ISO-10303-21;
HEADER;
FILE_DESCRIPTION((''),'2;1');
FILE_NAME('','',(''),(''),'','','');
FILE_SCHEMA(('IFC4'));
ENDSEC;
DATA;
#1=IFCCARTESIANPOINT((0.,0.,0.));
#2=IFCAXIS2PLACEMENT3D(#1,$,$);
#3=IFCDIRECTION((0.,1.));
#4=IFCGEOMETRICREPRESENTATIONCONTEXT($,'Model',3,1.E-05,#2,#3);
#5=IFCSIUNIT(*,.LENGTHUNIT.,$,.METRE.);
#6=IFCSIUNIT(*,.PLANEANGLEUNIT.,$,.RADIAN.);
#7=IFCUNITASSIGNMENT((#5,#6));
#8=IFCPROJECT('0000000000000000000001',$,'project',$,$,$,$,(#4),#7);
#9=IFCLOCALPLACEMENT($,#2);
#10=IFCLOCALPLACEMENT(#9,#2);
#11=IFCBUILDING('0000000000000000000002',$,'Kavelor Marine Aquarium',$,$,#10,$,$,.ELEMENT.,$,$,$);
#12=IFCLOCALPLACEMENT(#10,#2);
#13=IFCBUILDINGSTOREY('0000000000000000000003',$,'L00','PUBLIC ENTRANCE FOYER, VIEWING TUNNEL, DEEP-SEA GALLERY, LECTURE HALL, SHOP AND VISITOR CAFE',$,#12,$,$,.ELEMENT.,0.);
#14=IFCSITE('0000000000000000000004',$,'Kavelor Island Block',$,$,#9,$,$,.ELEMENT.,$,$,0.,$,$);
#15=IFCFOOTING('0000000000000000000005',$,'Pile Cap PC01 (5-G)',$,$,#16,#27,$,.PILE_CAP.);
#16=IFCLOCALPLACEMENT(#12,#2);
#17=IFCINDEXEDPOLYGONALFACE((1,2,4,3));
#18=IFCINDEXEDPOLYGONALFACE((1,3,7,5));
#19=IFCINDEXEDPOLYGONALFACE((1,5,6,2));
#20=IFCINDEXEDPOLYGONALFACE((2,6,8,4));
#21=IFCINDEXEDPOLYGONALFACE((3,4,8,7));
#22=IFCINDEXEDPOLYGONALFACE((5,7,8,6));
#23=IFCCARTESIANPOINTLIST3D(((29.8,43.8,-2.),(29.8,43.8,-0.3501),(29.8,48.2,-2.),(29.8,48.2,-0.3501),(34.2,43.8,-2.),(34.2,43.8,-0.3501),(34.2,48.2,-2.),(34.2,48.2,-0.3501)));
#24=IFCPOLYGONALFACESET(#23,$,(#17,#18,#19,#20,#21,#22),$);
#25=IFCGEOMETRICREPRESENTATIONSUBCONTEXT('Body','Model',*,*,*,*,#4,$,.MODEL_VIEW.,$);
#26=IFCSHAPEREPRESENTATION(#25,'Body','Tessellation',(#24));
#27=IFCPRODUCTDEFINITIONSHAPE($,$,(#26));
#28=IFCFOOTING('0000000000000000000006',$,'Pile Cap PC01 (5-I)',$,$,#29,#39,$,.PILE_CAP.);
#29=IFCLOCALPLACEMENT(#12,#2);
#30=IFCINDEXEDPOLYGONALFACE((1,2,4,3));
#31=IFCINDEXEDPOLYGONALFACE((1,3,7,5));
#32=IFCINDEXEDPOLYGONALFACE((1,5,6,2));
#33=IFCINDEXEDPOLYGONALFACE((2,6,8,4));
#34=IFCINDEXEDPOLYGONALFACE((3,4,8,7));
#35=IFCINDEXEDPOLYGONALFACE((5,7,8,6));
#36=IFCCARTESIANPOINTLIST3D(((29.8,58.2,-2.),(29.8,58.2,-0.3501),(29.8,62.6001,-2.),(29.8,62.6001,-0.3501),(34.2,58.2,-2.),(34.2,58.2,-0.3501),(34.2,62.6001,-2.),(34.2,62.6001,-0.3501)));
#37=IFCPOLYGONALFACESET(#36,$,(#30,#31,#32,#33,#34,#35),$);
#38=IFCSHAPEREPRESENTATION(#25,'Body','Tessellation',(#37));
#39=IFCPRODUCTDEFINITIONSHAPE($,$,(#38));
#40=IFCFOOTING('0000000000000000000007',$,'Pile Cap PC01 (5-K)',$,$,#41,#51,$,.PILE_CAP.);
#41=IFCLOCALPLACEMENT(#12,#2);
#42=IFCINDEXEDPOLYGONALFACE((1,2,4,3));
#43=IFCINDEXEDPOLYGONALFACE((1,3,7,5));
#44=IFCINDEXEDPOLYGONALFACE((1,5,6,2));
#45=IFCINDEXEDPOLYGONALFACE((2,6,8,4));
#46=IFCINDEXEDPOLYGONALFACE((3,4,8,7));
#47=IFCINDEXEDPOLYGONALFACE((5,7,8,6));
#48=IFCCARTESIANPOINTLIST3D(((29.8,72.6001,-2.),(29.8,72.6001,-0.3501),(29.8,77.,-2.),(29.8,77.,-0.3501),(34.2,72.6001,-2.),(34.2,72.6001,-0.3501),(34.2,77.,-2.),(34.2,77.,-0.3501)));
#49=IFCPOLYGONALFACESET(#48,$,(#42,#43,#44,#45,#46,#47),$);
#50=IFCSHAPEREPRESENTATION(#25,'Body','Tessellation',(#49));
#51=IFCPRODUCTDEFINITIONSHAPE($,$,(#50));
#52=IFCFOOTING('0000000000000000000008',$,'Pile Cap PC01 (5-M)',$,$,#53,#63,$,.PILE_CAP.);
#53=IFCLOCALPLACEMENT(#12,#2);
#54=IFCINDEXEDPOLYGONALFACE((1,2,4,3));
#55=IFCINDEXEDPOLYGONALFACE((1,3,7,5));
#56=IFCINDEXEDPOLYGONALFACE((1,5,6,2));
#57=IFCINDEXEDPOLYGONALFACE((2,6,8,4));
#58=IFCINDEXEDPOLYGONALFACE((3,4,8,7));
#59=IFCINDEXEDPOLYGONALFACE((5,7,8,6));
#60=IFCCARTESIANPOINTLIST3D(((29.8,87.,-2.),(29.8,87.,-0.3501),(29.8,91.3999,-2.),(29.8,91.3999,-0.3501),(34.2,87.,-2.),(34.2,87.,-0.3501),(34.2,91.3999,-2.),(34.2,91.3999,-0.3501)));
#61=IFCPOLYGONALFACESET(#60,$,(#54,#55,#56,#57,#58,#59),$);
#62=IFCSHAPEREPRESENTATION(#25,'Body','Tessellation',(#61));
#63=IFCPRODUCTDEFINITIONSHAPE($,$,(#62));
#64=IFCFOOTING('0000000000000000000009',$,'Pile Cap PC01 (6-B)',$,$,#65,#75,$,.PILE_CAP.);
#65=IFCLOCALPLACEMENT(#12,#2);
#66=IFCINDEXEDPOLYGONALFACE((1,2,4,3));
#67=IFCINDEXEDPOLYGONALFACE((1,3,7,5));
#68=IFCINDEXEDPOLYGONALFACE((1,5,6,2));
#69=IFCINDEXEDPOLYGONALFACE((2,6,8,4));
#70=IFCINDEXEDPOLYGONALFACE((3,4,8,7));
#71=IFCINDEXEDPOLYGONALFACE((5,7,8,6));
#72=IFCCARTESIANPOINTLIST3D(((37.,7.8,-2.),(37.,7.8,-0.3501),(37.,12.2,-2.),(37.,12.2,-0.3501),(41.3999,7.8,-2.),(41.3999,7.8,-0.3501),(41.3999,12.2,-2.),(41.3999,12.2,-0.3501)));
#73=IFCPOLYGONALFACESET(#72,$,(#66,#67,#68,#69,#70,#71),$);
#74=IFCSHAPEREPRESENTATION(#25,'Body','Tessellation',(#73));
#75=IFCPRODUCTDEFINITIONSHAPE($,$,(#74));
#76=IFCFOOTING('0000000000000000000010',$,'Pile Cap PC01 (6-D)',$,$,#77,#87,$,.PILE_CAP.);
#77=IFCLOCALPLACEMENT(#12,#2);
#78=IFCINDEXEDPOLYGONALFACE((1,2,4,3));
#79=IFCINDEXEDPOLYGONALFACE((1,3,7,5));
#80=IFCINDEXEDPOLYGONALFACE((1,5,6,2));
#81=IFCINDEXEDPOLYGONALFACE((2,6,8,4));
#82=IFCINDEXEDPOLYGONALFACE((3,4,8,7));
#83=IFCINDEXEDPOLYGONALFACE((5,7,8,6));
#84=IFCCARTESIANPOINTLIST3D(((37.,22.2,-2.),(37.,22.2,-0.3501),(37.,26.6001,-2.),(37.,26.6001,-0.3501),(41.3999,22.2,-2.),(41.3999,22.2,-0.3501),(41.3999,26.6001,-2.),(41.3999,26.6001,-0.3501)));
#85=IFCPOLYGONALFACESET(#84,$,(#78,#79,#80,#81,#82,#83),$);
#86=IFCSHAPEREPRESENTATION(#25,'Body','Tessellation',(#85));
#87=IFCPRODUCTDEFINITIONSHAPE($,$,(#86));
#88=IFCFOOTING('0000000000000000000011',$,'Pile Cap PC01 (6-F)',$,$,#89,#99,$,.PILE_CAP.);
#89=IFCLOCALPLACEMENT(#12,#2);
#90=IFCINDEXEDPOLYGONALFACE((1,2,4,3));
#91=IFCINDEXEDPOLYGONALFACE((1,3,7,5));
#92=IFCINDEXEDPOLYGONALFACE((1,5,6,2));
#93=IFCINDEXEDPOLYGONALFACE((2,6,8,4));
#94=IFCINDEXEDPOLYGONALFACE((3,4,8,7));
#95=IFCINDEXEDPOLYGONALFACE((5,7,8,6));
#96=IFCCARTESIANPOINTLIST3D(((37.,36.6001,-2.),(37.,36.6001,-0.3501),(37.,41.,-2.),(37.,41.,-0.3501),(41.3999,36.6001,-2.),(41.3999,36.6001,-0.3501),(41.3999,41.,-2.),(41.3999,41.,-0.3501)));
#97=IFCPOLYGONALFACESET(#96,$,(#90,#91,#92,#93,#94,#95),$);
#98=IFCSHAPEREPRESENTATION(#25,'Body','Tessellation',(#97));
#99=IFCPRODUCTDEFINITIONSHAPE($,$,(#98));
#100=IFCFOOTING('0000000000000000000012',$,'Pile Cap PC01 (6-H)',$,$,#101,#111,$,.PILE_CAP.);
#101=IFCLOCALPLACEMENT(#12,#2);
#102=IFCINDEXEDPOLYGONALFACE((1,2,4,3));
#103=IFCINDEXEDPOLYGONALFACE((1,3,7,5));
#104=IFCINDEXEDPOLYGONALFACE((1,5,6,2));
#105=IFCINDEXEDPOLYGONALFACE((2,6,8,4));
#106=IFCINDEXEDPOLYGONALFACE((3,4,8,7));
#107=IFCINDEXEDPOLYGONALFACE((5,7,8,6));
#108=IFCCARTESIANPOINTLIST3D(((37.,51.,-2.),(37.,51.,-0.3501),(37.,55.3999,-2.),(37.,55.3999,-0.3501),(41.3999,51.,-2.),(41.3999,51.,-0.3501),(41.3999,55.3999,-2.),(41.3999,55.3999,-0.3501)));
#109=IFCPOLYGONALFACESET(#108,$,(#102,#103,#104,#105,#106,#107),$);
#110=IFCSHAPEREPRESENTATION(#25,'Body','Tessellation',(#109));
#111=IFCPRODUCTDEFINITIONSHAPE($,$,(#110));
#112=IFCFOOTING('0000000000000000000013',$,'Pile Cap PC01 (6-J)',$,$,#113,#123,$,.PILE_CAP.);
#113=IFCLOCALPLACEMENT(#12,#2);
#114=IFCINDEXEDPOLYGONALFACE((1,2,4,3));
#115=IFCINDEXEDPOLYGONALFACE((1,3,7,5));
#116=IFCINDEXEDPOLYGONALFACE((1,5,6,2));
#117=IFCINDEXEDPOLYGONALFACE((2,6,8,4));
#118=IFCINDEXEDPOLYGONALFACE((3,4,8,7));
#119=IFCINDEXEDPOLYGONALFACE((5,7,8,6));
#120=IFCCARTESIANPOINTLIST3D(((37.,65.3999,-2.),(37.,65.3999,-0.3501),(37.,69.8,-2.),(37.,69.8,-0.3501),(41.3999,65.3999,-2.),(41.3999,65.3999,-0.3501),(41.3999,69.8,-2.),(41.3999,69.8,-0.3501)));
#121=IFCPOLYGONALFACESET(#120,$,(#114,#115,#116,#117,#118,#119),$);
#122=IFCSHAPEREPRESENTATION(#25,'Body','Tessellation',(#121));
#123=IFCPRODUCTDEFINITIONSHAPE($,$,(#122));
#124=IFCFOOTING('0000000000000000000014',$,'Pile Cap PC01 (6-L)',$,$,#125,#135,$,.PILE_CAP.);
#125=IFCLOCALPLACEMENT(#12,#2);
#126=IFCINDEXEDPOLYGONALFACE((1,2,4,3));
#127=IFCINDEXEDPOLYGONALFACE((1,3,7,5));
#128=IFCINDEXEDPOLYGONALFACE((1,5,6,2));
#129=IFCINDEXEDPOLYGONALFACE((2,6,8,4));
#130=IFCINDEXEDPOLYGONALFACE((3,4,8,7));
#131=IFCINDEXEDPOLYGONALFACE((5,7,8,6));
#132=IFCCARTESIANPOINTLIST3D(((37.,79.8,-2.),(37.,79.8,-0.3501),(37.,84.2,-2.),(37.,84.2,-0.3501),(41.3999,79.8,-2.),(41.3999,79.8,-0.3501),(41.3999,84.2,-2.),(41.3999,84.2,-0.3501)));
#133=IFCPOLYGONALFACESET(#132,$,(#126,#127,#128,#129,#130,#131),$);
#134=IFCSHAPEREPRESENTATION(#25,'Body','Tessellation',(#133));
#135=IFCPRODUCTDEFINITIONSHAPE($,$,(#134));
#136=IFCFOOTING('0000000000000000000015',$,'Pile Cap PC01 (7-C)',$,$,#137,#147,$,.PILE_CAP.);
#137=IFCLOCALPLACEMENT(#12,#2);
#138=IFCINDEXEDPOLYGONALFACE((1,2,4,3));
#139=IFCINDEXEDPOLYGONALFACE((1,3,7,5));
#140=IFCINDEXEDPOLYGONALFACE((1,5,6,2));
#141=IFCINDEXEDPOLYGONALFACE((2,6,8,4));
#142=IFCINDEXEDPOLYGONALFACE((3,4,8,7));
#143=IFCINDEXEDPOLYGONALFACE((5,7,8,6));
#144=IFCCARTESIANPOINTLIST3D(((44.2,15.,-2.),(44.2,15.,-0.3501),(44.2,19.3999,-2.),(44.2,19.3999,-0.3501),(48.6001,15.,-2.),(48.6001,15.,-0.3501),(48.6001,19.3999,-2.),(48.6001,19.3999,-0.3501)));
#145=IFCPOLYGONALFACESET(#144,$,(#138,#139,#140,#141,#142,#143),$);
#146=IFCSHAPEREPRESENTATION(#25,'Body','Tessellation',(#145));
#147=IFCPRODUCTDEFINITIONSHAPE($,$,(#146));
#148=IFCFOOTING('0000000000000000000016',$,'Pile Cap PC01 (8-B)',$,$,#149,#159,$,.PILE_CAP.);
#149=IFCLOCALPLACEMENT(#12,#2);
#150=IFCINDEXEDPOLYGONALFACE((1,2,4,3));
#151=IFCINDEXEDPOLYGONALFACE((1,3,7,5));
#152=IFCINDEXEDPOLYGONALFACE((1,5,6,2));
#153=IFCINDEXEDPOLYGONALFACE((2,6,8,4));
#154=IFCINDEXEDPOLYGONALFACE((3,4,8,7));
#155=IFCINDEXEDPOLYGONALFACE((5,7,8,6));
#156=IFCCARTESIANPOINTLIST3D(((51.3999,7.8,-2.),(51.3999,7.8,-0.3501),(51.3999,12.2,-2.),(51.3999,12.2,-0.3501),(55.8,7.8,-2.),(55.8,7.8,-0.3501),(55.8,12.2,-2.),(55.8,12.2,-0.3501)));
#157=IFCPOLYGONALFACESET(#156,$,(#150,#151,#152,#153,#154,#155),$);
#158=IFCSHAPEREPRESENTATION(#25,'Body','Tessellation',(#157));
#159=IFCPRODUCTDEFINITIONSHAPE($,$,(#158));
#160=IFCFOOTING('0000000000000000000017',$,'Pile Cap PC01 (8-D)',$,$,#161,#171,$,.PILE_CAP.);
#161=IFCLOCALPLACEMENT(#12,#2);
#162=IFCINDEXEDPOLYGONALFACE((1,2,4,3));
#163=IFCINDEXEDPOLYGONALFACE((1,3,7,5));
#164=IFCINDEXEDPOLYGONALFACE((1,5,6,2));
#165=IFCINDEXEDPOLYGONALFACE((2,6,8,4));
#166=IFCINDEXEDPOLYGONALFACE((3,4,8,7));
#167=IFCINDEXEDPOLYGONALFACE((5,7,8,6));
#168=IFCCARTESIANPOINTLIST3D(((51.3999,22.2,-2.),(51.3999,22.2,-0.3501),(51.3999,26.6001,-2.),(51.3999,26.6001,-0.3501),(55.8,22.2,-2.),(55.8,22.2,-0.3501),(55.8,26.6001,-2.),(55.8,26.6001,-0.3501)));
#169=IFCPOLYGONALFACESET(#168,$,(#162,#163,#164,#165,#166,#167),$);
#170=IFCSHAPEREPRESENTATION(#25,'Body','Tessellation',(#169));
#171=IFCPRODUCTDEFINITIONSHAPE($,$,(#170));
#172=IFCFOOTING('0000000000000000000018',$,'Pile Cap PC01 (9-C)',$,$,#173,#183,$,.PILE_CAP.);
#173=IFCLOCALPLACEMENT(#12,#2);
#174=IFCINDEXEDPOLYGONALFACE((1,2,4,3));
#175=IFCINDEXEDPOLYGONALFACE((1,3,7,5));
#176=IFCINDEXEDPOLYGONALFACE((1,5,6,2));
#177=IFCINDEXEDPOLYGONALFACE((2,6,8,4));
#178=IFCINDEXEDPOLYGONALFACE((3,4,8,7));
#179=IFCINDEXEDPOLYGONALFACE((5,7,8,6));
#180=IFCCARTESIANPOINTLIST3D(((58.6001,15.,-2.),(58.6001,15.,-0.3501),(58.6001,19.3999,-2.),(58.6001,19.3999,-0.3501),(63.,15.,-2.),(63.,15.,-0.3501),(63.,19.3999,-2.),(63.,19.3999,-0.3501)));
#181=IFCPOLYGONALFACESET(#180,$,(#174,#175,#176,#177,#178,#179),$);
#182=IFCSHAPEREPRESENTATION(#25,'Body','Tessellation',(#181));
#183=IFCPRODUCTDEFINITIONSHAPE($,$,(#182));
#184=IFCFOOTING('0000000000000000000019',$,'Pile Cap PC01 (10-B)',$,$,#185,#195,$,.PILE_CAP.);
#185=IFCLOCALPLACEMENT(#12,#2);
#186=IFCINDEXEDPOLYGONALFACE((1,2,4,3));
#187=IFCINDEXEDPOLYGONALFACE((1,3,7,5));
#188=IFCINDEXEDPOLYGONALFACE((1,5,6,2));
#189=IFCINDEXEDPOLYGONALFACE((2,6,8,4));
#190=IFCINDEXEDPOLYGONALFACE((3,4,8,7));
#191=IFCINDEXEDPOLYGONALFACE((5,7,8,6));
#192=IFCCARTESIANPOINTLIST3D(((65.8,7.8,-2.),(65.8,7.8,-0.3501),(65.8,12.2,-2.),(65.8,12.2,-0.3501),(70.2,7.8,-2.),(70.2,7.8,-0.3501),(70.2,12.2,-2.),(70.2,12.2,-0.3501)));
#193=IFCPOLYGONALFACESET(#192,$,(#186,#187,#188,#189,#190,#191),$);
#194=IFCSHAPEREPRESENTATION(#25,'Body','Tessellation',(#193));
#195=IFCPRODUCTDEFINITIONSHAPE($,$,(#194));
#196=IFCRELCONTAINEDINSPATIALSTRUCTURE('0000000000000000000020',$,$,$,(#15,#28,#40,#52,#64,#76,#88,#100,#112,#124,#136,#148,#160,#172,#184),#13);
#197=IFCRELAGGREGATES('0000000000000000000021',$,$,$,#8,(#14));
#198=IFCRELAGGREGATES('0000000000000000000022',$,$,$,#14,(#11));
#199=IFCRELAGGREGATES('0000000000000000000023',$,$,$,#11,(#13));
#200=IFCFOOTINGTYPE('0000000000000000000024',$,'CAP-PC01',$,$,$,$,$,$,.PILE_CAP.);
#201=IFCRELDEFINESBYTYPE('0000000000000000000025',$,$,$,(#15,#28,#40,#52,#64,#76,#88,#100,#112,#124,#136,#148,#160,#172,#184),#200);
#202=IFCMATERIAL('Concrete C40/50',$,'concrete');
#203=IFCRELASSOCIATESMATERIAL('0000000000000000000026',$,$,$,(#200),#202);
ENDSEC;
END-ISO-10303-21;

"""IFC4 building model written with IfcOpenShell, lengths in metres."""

from ifc_helpers import new_model, si_unit, direction, frame, origin, place, context, subcontext, project, spatial, polyline, outline, extrude, material, type_object, element, save


model = new_model("IFC4")

# Units and contexts
model_context = context("Model", 3, precision=1e-05, world=origin(), true_north=direction((0.0, 1.0)))
body_context = subcontext(model_context, "Body", "Model", "MODEL_VIEW")
ifc_project = project(units=[si_unit("LENGTHUNIT", "METRE"), si_unit("PLANEANGLEUNIT", "RADIAN")], contexts=[model_context])

# Site, building, storey
site_placement = place(None, origin())
site = spatial("IfcSite", under=ifc_project, at=site_placement, Name="Kavelor Island Block", CompositionType="ELEMENT", RefElevation=0.0)
building_placement = place(site_placement, origin())
building = spatial("IfcBuilding", under=site, at=building_placement, Name="Kavelor Marine Aquarium", CompositionType="ELEMENT")
storey_placement = place(building_placement, origin())
storey = spatial("IfcBuildingStorey", under=building, at=storey_placement, Name="L00", Description="PUBLIC ENTRANCE FOYER, VIEWING TUNNEL, DEEP-SEA GALLERY, LECTURE HALL, SHOP AND VISITOR CAFE", CompositionType="ELEMENT", Elevation=0.0)

# Footings
ifc_material_1 = material(Name="Concrete C40/50", Category="concrete")
footing_type_1 = type_object("IfcFootingType", Name="CAP-PC01", PredefinedType="PILE_CAP", material=ifc_material_1)
footing_1_placement = place(storey_placement, frame((0.0, 0.0, -2.0)))
element("IfcFooting", 1, at=footing_1_placement, inside=storey, type_object=footing_type_1, Name="Pile Cap PC01 (5-G)", PredefinedType="PILE_CAP", context=body_context, shape_type="SweptSolid", body=[
    extrude(outline(polyline([(29.8, 43.8), (34.2, 43.8), (34.2, 48.2), (29.8, 48.2), (29.8, 43.8)])), origin(), (0.0, 0.0, 1.0), 1.6499),
])
footing_2_placement = place(storey_placement, frame((0.0, 0.0, -2.0)))
element("IfcFooting", 2, at=footing_2_placement, inside=storey, type_object=footing_type_1, Name="Pile Cap PC01 (5-I)", PredefinedType="PILE_CAP", context=body_context, shape_type="SweptSolid", body=[
    extrude(outline(polyline([(29.8, 58.2), (34.2, 58.2), (34.2, 62.6001), (29.8, 62.6001), (29.8, 58.2)])), origin(), (0.0, 0.0, 1.0), 1.6499),
])
footing_3_placement = place(storey_placement, frame((0.0, 0.0, -2.0)))
element("IfcFooting", 3, at=footing_3_placement, inside=storey, type_object=footing_type_1, Name="Pile Cap PC01 (5-K)", PredefinedType="PILE_CAP", context=body_context, shape_type="SweptSolid", body=[
    extrude(outline(polyline([(29.8, 72.6001), (34.2, 72.6001), (34.2, 77.0), (29.8, 77.0), (29.8, 72.6001)])), origin(), (0.0, 0.0, 1.0), 1.6499),
])
footing_4_placement = place(storey_placement, frame((0.0, 0.0, -2.0)))
element("IfcFooting", 4, at=footing_4_placement, inside=storey, type_object=footing_type_1, Name="Pile Cap PC01 (5-M)", PredefinedType="PILE_CAP", context=body_context, shape_type="SweptSolid", body=[
    extrude(outline(polyline([(29.8, 87.0), (34.2, 87.0), (34.2, 91.3999), (29.8, 91.3999), (29.8, 87.0)])), origin(), (0.0, 0.0, 1.0), 1.6499),
])
footing_5_placement = place(storey_placement, frame((0.0, 0.0, -2.0)))
element("IfcFooting", 5, at=footing_5_placement, inside=storey, type_object=footing_type_1, Name="Pile Cap PC01 (6-B)", PredefinedType="PILE_CAP", context=body_context, shape_type="SweptSolid", body=[
    extrude(outline(polyline([(37.0, 7.8), (41.3999, 7.8), (41.3999, 12.2), (37.0, 12.2), (37.0, 7.8)])), origin(), (0.0, 0.0, 1.0), 1.6499),
])
footing_6_placement = place(storey_placement, frame((0.0, 0.0, -2.0)))
element("IfcFooting", 6, at=footing_6_placement, inside=storey, type_object=footing_type_1, Name="Pile Cap PC01 (6-D)", PredefinedType="PILE_CAP", context=body_context, shape_type="SweptSolid", body=[
    extrude(outline(polyline([(37.0, 22.2), (41.3999, 22.2), (41.3999, 26.6001), (37.0, 26.6001), (37.0, 22.2)])), origin(), (0.0, 0.0, 1.0), 1.6499),
])
footing_7_placement = place(storey_placement, frame((0.0, 0.0, -2.0)))
element("IfcFooting", 7, at=footing_7_placement, inside=storey, type_object=footing_type_1, Name="Pile Cap PC01 (6-F)", PredefinedType="PILE_CAP", context=body_context, shape_type="SweptSolid", body=[
    extrude(outline(polyline([(37.0, 36.6001), (41.3999, 36.6001), (41.3999, 41.0), (37.0, 41.0), (37.0, 36.6001)])), origin(), (0.0, 0.0, 1.0), 1.6499),
])
footing_8_placement = place(storey_placement, frame((0.0, 0.0, -2.0)))
element("IfcFooting", 8, at=footing_8_placement, inside=storey, type_object=footing_type_1, Name="Pile Cap PC01 (6-H)", PredefinedType="PILE_CAP", context=body_context, shape_type="SweptSolid", body=[
    extrude(outline(polyline([(37.0, 51.0), (41.3999, 51.0), (41.3999, 55.3999), (37.0, 55.3999), (37.0, 51.0)])), origin(), (0.0, 0.0, 1.0), 1.6499),
])
footing_9_placement = place(storey_placement, frame((0.0, 0.0, -2.0)))
element("IfcFooting", 9, at=footing_9_placement, inside=storey, type_object=footing_type_1, Name="Pile Cap PC01 (6-J)", PredefinedType="PILE_CAP", context=body_context, shape_type="SweptSolid", body=[
    extrude(outline(polyline([(37.0, 65.3999), (41.3999, 65.3999), (41.3999, 69.8), (37.0, 69.8), (37.0, 65.3999)])), origin(), (0.0, 0.0, 1.0), 1.6499),
])
footing_10_placement = place(storey_placement, frame((0.0, 0.0, -2.0)))
element("IfcFooting", 10, at=footing_10_placement, inside=storey, type_object=footing_type_1, Name="Pile Cap PC01 (6-L)", PredefinedType="PILE_CAP", context=body_context, shape_type="SweptSolid", body=[
    extrude(outline(polyline([(37.0, 79.8), (41.3999, 79.8), (41.3999, 84.2), (37.0, 84.2), (37.0, 79.8)])), origin(), (0.0, 0.0, 1.0), 1.6499),
])
footing_11_placement = place(storey_placement, frame((0.0, 0.0, -2.0)))
element("IfcFooting", 11, at=footing_11_placement, inside=storey, type_object=footing_type_1, Name="Pile Cap PC01 (7-C)", PredefinedType="PILE_CAP", context=body_context, shape_type="SweptSolid", body=[
    extrude(outline(polyline([(44.2, 15.0), (48.6001, 15.0), (48.6001, 19.3999), (44.2, 19.3999), (44.2, 15.0)])), origin(), (0.0, 0.0, 1.0), 1.6499),
])
footing_12_placement = place(storey_placement, frame((0.0, 0.0, -2.0)))
element("IfcFooting", 12, at=footing_12_placement, inside=storey, type_object=footing_type_1, Name="Pile Cap PC01 (8-B)", PredefinedType="PILE_CAP", context=body_context, shape_type="SweptSolid", body=[
    extrude(outline(polyline([(51.3999, 7.8), (55.8, 7.8), (55.8, 12.2), (51.3999, 12.2), (51.3999, 7.8)])), origin(), (0.0, 0.0, 1.0), 1.6499),
])
footing_13_placement = place(storey_placement, frame((0.0, 0.0, -2.0)))
element("IfcFooting", 13, at=footing_13_placement, inside=storey, type_object=footing_type_1, Name="Pile Cap PC01 (8-D)", PredefinedType="PILE_CAP", context=body_context, shape_type="SweptSolid", body=[
    extrude(outline(polyline([(51.3999, 22.2), (55.8, 22.2), (55.8, 26.6001), (51.3999, 26.6001), (51.3999, 22.2)])), origin(), (0.0, 0.0, 1.0), 1.6499),
])
footing_14_placement = place(storey_placement, frame((0.0, 0.0, -2.0)))
element("IfcFooting", 14, at=footing_14_placement, inside=storey, type_object=footing_type_1, Name="Pile Cap PC01 (9-C)", PredefinedType="PILE_CAP", context=body_context, shape_type="SweptSolid", body=[
    extrude(outline(polyline([(58.6001, 15.0), (63.0, 15.0), (63.0, 19.3999), (58.6001, 19.3999), (58.6001, 15.0)])), origin(), (0.0, 0.0, 1.0), 1.6499),
])
footing_15_placement = place(storey_placement, frame((0.0, 0.0, -2.0)))
element("IfcFooting", 15, at=footing_15_placement, inside=storey, type_object=footing_type_1, Name="Pile Cap PC01 (10-B)", PredefinedType="PILE_CAP", context=body_context, shape_type="SweptSolid", body=[
    extrude(outline(polyline([(65.8, 7.8), (70.2, 7.8), (70.2, 12.2), (65.8, 12.2), (65.8, 7.8)])), origin(), (0.0, 0.0, 1.0), 1.6499),
])

save(model, "model.ifc")
